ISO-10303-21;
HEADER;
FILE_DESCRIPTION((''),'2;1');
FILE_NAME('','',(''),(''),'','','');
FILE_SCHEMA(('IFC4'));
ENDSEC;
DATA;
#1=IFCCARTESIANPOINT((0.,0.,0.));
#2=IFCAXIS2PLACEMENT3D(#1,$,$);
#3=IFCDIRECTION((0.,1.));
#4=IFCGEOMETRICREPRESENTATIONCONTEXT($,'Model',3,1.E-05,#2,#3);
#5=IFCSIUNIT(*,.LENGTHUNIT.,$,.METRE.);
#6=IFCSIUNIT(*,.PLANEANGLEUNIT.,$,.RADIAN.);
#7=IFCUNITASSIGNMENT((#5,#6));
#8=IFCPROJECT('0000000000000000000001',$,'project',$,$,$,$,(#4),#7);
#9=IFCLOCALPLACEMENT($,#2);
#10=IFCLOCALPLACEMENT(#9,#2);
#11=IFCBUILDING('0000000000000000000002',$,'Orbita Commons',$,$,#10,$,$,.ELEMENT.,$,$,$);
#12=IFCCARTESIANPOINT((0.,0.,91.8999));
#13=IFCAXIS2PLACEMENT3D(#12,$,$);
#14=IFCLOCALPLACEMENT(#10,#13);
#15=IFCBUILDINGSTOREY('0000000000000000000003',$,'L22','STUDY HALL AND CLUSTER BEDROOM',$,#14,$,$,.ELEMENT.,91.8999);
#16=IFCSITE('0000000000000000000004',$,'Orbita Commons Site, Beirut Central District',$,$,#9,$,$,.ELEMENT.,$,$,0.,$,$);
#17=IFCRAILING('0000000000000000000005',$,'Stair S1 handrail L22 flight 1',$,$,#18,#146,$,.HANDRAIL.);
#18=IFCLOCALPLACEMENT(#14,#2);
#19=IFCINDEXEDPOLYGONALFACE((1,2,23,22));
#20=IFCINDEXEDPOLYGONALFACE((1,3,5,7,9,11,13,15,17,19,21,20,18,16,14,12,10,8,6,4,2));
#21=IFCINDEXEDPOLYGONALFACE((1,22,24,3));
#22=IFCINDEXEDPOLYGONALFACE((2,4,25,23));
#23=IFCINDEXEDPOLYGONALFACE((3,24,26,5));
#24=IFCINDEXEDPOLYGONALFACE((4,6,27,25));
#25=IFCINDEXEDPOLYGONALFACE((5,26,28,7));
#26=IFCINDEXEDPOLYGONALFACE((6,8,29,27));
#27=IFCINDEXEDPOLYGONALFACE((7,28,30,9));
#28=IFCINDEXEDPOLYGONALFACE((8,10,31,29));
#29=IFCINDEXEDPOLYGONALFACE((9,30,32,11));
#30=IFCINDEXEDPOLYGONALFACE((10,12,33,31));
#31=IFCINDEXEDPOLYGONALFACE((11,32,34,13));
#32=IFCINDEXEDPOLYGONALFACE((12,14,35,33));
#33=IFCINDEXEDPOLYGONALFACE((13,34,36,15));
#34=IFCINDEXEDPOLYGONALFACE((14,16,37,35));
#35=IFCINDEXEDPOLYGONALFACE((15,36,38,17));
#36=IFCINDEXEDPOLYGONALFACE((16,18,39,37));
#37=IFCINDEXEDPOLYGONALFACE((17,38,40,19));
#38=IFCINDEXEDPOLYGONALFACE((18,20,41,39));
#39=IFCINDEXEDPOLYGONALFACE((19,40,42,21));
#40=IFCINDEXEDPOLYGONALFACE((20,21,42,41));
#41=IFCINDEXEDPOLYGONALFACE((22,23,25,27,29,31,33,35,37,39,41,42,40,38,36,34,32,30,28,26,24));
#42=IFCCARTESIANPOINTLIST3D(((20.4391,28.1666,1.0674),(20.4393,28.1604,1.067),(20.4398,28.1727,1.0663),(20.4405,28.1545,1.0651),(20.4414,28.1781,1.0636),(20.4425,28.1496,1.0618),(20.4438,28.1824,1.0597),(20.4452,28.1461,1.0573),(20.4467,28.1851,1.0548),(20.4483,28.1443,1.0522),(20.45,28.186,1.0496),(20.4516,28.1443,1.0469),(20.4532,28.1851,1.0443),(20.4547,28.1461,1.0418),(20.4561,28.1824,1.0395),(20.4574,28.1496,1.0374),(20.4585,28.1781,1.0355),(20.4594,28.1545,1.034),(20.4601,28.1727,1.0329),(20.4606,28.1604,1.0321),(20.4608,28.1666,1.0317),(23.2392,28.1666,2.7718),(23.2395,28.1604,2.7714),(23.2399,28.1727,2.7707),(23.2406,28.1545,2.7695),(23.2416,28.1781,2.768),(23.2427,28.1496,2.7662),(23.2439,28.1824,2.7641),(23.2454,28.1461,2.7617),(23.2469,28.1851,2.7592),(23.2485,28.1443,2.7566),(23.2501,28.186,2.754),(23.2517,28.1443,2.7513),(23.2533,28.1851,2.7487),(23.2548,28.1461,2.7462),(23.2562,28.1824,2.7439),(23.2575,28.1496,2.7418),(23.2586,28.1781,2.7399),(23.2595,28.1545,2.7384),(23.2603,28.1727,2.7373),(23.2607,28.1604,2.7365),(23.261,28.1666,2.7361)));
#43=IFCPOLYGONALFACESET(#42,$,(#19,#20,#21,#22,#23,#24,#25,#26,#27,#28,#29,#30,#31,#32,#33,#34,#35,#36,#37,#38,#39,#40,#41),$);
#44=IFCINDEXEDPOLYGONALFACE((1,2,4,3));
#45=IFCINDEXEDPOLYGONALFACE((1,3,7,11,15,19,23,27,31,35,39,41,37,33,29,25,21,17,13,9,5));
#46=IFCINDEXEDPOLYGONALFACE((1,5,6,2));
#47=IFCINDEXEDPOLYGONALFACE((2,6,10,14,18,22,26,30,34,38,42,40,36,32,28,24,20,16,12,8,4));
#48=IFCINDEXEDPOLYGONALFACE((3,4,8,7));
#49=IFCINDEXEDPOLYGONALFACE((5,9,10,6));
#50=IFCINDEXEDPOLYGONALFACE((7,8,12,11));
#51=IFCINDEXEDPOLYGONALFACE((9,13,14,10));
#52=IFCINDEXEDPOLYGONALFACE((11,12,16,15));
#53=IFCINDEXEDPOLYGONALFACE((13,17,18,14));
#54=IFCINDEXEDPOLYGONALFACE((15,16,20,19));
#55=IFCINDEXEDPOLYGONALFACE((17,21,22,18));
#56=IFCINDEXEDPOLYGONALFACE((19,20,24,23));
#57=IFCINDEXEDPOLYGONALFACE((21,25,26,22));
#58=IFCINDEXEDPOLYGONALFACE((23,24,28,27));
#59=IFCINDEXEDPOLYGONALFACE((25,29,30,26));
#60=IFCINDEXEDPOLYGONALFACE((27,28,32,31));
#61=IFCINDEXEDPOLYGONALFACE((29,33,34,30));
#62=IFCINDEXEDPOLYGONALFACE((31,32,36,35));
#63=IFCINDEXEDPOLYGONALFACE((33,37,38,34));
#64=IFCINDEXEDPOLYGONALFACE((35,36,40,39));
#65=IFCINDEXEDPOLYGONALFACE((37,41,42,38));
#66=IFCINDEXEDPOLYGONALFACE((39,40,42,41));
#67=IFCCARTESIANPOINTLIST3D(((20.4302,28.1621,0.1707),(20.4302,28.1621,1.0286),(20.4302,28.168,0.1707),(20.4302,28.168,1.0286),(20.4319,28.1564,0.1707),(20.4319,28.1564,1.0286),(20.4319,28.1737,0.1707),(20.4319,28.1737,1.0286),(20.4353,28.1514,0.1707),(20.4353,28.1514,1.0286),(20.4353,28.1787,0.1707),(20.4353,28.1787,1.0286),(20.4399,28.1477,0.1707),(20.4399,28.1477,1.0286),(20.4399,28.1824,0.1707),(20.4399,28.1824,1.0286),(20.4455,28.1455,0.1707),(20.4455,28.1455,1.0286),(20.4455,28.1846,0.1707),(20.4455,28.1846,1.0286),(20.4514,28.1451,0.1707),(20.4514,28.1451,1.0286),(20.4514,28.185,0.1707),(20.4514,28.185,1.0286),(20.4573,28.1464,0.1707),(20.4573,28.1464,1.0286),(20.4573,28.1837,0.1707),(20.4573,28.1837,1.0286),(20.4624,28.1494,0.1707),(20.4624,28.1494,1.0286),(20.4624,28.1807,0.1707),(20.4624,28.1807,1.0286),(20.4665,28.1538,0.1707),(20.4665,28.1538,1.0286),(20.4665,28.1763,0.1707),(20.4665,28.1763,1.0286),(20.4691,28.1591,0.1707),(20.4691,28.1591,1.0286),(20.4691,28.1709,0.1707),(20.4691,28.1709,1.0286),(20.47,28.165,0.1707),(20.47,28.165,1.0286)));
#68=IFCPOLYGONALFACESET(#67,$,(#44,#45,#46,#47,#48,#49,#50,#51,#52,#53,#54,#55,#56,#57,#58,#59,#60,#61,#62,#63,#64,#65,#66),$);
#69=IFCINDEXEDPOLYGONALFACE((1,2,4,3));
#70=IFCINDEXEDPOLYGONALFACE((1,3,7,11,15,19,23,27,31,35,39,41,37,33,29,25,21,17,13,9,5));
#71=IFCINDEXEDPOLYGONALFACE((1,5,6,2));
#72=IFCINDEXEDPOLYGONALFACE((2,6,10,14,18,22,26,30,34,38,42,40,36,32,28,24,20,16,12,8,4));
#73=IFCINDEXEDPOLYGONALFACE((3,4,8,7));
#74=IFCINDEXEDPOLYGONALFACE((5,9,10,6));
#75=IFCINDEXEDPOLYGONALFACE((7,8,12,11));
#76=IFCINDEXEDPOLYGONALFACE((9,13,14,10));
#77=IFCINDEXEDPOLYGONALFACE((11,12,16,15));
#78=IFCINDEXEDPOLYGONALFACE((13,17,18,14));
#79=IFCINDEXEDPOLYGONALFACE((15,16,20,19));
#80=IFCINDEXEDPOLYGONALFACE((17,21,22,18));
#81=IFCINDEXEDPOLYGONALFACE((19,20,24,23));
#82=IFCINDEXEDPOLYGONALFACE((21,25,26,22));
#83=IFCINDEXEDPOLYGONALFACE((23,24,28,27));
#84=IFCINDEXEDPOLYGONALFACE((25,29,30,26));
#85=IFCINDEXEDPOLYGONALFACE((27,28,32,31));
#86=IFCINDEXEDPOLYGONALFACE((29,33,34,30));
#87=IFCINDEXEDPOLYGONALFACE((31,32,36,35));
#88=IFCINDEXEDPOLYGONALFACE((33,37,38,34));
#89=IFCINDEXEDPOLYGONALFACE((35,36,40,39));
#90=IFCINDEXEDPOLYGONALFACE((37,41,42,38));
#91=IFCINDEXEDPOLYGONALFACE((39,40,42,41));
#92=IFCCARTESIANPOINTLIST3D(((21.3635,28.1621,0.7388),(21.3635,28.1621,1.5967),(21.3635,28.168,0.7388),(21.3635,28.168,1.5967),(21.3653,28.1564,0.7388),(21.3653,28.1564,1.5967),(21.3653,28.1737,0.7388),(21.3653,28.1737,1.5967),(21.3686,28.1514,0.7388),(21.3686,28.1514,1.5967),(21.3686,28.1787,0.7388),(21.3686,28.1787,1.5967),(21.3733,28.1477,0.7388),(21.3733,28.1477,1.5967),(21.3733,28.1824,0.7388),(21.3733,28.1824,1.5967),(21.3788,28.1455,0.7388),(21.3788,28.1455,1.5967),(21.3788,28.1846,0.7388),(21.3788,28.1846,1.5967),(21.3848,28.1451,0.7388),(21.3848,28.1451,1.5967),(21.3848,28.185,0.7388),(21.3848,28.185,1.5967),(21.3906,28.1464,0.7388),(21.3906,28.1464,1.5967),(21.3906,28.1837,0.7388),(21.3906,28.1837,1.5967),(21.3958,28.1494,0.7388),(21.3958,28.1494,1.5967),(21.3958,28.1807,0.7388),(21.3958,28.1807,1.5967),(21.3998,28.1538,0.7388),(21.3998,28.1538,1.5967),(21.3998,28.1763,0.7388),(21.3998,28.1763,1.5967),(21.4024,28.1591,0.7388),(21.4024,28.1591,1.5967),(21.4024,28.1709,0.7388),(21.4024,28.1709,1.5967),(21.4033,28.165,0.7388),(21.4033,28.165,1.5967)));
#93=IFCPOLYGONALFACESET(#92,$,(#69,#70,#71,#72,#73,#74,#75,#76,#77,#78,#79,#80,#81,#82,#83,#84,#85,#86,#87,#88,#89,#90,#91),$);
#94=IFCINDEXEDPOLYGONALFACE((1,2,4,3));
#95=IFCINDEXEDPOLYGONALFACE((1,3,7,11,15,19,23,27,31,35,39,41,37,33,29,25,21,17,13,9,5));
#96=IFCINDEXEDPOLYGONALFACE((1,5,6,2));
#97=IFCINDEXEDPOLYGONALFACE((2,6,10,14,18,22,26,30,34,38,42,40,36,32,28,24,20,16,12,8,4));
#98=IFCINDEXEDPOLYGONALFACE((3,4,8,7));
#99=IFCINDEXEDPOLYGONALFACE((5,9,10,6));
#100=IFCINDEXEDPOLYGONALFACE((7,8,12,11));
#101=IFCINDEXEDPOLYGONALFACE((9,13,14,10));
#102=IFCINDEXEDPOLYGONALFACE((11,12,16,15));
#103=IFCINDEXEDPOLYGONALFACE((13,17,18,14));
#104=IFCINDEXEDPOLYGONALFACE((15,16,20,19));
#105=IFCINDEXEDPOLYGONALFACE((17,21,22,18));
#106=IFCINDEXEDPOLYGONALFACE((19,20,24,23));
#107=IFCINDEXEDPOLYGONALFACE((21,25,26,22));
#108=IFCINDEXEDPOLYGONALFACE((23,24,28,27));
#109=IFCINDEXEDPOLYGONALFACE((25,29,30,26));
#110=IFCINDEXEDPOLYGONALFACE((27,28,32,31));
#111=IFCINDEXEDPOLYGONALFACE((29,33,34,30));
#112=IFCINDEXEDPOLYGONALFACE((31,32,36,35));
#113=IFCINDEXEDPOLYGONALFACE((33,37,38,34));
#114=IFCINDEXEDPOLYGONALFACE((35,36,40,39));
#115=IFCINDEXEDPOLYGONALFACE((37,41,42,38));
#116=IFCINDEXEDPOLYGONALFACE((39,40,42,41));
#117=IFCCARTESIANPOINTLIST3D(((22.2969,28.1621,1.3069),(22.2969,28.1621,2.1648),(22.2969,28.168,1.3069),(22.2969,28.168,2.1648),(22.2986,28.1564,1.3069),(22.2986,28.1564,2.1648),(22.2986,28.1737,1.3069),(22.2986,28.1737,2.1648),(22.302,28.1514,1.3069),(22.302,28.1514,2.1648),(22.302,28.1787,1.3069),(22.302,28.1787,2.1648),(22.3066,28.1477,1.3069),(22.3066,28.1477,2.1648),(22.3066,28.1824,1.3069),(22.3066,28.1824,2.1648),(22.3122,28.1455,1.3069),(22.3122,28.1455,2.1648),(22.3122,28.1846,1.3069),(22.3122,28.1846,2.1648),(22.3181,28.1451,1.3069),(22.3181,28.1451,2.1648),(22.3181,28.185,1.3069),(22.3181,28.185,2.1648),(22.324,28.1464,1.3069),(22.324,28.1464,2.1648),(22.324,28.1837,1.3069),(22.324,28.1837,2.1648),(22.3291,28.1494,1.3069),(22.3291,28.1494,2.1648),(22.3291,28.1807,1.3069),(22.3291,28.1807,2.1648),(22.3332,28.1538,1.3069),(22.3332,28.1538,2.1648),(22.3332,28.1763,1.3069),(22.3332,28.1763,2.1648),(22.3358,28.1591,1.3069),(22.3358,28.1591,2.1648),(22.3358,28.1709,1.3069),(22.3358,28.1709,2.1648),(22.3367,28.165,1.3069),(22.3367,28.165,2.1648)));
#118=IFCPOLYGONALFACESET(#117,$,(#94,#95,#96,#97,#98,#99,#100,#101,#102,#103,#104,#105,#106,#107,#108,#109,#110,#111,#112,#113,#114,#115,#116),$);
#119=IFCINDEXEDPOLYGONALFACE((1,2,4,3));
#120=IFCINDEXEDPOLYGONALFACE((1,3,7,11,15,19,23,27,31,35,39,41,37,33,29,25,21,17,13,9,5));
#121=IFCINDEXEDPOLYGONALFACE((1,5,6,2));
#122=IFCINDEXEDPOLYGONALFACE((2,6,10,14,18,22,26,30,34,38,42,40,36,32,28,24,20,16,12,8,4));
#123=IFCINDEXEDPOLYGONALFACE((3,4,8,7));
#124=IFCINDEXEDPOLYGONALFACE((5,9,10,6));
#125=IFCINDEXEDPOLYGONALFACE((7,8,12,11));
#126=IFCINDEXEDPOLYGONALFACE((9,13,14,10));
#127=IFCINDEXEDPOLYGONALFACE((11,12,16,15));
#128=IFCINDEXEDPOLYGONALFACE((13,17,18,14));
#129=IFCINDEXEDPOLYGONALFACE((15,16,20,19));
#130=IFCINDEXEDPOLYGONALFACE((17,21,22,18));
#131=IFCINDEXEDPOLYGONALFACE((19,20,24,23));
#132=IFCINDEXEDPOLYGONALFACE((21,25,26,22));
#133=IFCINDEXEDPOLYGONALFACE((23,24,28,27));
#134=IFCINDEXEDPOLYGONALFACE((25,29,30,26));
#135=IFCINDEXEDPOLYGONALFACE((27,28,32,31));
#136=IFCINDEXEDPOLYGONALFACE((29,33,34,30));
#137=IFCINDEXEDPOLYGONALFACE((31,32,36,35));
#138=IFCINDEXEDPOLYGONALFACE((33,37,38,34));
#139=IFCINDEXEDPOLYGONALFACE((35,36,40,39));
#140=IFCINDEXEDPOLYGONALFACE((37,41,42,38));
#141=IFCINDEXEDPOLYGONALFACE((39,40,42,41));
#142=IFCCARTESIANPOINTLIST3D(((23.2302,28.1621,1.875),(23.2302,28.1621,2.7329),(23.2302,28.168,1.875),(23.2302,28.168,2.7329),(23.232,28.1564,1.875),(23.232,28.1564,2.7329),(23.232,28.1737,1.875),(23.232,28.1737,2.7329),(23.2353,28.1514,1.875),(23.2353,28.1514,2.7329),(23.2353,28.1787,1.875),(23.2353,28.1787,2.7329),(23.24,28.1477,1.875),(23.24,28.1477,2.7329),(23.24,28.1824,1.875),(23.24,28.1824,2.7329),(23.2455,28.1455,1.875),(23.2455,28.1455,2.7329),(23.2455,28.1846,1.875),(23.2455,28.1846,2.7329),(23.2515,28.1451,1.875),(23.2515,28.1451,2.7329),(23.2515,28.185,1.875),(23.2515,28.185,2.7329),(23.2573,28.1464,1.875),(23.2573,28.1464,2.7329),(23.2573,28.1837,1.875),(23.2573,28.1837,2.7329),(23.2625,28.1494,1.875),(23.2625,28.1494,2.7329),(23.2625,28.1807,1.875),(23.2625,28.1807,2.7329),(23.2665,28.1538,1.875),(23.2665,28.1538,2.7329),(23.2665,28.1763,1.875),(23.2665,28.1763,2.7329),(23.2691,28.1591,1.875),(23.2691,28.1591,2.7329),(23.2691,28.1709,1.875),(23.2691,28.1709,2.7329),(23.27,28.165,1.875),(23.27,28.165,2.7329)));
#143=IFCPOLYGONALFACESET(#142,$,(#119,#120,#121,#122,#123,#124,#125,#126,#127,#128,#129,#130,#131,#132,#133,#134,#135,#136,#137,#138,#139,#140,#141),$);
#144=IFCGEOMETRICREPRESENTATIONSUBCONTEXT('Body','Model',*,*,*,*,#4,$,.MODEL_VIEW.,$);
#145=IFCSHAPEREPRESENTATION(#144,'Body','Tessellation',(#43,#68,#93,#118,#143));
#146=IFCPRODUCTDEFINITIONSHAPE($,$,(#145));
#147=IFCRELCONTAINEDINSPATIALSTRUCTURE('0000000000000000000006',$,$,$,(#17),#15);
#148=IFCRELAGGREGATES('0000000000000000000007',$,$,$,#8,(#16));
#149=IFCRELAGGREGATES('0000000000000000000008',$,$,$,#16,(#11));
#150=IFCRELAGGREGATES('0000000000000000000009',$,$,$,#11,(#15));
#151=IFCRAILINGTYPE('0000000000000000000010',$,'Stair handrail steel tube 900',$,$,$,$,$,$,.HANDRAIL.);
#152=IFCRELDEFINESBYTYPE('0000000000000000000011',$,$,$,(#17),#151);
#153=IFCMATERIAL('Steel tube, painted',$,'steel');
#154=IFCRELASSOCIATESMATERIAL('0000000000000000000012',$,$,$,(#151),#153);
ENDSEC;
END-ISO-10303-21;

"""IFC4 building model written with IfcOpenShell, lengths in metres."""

from ifc_helpers import new_model, si_unit, direction, frame, origin, origin_2d, place, context, subcontext, project, spatial, circle, extrude, material, type_object, element, save


model = new_model("IFC4")

# Units and contexts
model_context = context("Model", 3, precision=1e-05, world=origin(), true_north=direction((0.0, 1.0)))
body_context = subcontext(model_context, "Body", "Model", "MODEL_VIEW")
ifc_project = project(units=[si_unit("LENGTHUNIT", "METRE"), si_unit("PLANEANGLEUNIT", "RADIAN")], contexts=[model_context])

# Site, building, storey
site_placement = place(None, origin())
site = spatial("IfcSite", under=ifc_project, at=site_placement, Name="Orbita Commons Site, Beirut Central District", CompositionType="ELEMENT", RefElevation=0.0)
building_placement = place(site_placement, origin())
building = spatial("IfcBuilding", under=site, at=building_placement, Name="Orbita Commons", CompositionType="ELEMENT")
storey_placement = place(building_placement, frame((0.0, 0.0, 91.8999)))
storey = spatial("IfcBuildingStorey", under=building, at=storey_placement, Name="L22", Description="STUDY HALL AND CLUSTER BEDROOM", CompositionType="ELEMENT", Elevation=91.8999)

# Railing
ifc_material = material(Name="Steel tube, painted", Category="steel")
railing_type = type_object("IfcRailingType", Name="Stair handrail steel tube 900", PredefinedType="HANDRAIL", material=ifc_material)
railing_placement = place(storey_placement, frame((20.45, 28.165, 0.1707)))
element("IfcRailing", 1, at=railing_placement, inside=storey, type_object=railing_type, Name="Stair S1 handrail L22 flight 1", PredefinedType="HANDRAIL", context=body_context, shape_type="SweptSolid", body=[
    extrude(circle(Radius=0.021, at=origin_2d()), frame((0.0, 0.0, 0.8789), z_axis=(0.854203, 0.0, 0.51994), x_axis=(0.0, 1.0, 0.0)), (0.0, 0.0, 1.0), 3.2781),
    extrude(circle(Radius=0.02, at=origin_2d()), origin(), (0.0, 0.0, 1.0), 0.8579),
    extrude(circle(Radius=0.02, at=origin_2d()), frame((0.9333, 0.0, 0.5681)), (0.0, 0.0, 1.0), 0.8579),
    extrude(circle(Radius=0.02, at=origin_2d()), frame((1.8667, 0.0, 1.1362)), (0.0, 0.0, 1.0), 0.8579),
    extrude(circle(Radius=0.02, at=origin_2d()), frame((2.8, 0.0, 1.7043)), (0.0, 0.0, 1.0), 0.8579),
])

save(model, "model.ifc")
